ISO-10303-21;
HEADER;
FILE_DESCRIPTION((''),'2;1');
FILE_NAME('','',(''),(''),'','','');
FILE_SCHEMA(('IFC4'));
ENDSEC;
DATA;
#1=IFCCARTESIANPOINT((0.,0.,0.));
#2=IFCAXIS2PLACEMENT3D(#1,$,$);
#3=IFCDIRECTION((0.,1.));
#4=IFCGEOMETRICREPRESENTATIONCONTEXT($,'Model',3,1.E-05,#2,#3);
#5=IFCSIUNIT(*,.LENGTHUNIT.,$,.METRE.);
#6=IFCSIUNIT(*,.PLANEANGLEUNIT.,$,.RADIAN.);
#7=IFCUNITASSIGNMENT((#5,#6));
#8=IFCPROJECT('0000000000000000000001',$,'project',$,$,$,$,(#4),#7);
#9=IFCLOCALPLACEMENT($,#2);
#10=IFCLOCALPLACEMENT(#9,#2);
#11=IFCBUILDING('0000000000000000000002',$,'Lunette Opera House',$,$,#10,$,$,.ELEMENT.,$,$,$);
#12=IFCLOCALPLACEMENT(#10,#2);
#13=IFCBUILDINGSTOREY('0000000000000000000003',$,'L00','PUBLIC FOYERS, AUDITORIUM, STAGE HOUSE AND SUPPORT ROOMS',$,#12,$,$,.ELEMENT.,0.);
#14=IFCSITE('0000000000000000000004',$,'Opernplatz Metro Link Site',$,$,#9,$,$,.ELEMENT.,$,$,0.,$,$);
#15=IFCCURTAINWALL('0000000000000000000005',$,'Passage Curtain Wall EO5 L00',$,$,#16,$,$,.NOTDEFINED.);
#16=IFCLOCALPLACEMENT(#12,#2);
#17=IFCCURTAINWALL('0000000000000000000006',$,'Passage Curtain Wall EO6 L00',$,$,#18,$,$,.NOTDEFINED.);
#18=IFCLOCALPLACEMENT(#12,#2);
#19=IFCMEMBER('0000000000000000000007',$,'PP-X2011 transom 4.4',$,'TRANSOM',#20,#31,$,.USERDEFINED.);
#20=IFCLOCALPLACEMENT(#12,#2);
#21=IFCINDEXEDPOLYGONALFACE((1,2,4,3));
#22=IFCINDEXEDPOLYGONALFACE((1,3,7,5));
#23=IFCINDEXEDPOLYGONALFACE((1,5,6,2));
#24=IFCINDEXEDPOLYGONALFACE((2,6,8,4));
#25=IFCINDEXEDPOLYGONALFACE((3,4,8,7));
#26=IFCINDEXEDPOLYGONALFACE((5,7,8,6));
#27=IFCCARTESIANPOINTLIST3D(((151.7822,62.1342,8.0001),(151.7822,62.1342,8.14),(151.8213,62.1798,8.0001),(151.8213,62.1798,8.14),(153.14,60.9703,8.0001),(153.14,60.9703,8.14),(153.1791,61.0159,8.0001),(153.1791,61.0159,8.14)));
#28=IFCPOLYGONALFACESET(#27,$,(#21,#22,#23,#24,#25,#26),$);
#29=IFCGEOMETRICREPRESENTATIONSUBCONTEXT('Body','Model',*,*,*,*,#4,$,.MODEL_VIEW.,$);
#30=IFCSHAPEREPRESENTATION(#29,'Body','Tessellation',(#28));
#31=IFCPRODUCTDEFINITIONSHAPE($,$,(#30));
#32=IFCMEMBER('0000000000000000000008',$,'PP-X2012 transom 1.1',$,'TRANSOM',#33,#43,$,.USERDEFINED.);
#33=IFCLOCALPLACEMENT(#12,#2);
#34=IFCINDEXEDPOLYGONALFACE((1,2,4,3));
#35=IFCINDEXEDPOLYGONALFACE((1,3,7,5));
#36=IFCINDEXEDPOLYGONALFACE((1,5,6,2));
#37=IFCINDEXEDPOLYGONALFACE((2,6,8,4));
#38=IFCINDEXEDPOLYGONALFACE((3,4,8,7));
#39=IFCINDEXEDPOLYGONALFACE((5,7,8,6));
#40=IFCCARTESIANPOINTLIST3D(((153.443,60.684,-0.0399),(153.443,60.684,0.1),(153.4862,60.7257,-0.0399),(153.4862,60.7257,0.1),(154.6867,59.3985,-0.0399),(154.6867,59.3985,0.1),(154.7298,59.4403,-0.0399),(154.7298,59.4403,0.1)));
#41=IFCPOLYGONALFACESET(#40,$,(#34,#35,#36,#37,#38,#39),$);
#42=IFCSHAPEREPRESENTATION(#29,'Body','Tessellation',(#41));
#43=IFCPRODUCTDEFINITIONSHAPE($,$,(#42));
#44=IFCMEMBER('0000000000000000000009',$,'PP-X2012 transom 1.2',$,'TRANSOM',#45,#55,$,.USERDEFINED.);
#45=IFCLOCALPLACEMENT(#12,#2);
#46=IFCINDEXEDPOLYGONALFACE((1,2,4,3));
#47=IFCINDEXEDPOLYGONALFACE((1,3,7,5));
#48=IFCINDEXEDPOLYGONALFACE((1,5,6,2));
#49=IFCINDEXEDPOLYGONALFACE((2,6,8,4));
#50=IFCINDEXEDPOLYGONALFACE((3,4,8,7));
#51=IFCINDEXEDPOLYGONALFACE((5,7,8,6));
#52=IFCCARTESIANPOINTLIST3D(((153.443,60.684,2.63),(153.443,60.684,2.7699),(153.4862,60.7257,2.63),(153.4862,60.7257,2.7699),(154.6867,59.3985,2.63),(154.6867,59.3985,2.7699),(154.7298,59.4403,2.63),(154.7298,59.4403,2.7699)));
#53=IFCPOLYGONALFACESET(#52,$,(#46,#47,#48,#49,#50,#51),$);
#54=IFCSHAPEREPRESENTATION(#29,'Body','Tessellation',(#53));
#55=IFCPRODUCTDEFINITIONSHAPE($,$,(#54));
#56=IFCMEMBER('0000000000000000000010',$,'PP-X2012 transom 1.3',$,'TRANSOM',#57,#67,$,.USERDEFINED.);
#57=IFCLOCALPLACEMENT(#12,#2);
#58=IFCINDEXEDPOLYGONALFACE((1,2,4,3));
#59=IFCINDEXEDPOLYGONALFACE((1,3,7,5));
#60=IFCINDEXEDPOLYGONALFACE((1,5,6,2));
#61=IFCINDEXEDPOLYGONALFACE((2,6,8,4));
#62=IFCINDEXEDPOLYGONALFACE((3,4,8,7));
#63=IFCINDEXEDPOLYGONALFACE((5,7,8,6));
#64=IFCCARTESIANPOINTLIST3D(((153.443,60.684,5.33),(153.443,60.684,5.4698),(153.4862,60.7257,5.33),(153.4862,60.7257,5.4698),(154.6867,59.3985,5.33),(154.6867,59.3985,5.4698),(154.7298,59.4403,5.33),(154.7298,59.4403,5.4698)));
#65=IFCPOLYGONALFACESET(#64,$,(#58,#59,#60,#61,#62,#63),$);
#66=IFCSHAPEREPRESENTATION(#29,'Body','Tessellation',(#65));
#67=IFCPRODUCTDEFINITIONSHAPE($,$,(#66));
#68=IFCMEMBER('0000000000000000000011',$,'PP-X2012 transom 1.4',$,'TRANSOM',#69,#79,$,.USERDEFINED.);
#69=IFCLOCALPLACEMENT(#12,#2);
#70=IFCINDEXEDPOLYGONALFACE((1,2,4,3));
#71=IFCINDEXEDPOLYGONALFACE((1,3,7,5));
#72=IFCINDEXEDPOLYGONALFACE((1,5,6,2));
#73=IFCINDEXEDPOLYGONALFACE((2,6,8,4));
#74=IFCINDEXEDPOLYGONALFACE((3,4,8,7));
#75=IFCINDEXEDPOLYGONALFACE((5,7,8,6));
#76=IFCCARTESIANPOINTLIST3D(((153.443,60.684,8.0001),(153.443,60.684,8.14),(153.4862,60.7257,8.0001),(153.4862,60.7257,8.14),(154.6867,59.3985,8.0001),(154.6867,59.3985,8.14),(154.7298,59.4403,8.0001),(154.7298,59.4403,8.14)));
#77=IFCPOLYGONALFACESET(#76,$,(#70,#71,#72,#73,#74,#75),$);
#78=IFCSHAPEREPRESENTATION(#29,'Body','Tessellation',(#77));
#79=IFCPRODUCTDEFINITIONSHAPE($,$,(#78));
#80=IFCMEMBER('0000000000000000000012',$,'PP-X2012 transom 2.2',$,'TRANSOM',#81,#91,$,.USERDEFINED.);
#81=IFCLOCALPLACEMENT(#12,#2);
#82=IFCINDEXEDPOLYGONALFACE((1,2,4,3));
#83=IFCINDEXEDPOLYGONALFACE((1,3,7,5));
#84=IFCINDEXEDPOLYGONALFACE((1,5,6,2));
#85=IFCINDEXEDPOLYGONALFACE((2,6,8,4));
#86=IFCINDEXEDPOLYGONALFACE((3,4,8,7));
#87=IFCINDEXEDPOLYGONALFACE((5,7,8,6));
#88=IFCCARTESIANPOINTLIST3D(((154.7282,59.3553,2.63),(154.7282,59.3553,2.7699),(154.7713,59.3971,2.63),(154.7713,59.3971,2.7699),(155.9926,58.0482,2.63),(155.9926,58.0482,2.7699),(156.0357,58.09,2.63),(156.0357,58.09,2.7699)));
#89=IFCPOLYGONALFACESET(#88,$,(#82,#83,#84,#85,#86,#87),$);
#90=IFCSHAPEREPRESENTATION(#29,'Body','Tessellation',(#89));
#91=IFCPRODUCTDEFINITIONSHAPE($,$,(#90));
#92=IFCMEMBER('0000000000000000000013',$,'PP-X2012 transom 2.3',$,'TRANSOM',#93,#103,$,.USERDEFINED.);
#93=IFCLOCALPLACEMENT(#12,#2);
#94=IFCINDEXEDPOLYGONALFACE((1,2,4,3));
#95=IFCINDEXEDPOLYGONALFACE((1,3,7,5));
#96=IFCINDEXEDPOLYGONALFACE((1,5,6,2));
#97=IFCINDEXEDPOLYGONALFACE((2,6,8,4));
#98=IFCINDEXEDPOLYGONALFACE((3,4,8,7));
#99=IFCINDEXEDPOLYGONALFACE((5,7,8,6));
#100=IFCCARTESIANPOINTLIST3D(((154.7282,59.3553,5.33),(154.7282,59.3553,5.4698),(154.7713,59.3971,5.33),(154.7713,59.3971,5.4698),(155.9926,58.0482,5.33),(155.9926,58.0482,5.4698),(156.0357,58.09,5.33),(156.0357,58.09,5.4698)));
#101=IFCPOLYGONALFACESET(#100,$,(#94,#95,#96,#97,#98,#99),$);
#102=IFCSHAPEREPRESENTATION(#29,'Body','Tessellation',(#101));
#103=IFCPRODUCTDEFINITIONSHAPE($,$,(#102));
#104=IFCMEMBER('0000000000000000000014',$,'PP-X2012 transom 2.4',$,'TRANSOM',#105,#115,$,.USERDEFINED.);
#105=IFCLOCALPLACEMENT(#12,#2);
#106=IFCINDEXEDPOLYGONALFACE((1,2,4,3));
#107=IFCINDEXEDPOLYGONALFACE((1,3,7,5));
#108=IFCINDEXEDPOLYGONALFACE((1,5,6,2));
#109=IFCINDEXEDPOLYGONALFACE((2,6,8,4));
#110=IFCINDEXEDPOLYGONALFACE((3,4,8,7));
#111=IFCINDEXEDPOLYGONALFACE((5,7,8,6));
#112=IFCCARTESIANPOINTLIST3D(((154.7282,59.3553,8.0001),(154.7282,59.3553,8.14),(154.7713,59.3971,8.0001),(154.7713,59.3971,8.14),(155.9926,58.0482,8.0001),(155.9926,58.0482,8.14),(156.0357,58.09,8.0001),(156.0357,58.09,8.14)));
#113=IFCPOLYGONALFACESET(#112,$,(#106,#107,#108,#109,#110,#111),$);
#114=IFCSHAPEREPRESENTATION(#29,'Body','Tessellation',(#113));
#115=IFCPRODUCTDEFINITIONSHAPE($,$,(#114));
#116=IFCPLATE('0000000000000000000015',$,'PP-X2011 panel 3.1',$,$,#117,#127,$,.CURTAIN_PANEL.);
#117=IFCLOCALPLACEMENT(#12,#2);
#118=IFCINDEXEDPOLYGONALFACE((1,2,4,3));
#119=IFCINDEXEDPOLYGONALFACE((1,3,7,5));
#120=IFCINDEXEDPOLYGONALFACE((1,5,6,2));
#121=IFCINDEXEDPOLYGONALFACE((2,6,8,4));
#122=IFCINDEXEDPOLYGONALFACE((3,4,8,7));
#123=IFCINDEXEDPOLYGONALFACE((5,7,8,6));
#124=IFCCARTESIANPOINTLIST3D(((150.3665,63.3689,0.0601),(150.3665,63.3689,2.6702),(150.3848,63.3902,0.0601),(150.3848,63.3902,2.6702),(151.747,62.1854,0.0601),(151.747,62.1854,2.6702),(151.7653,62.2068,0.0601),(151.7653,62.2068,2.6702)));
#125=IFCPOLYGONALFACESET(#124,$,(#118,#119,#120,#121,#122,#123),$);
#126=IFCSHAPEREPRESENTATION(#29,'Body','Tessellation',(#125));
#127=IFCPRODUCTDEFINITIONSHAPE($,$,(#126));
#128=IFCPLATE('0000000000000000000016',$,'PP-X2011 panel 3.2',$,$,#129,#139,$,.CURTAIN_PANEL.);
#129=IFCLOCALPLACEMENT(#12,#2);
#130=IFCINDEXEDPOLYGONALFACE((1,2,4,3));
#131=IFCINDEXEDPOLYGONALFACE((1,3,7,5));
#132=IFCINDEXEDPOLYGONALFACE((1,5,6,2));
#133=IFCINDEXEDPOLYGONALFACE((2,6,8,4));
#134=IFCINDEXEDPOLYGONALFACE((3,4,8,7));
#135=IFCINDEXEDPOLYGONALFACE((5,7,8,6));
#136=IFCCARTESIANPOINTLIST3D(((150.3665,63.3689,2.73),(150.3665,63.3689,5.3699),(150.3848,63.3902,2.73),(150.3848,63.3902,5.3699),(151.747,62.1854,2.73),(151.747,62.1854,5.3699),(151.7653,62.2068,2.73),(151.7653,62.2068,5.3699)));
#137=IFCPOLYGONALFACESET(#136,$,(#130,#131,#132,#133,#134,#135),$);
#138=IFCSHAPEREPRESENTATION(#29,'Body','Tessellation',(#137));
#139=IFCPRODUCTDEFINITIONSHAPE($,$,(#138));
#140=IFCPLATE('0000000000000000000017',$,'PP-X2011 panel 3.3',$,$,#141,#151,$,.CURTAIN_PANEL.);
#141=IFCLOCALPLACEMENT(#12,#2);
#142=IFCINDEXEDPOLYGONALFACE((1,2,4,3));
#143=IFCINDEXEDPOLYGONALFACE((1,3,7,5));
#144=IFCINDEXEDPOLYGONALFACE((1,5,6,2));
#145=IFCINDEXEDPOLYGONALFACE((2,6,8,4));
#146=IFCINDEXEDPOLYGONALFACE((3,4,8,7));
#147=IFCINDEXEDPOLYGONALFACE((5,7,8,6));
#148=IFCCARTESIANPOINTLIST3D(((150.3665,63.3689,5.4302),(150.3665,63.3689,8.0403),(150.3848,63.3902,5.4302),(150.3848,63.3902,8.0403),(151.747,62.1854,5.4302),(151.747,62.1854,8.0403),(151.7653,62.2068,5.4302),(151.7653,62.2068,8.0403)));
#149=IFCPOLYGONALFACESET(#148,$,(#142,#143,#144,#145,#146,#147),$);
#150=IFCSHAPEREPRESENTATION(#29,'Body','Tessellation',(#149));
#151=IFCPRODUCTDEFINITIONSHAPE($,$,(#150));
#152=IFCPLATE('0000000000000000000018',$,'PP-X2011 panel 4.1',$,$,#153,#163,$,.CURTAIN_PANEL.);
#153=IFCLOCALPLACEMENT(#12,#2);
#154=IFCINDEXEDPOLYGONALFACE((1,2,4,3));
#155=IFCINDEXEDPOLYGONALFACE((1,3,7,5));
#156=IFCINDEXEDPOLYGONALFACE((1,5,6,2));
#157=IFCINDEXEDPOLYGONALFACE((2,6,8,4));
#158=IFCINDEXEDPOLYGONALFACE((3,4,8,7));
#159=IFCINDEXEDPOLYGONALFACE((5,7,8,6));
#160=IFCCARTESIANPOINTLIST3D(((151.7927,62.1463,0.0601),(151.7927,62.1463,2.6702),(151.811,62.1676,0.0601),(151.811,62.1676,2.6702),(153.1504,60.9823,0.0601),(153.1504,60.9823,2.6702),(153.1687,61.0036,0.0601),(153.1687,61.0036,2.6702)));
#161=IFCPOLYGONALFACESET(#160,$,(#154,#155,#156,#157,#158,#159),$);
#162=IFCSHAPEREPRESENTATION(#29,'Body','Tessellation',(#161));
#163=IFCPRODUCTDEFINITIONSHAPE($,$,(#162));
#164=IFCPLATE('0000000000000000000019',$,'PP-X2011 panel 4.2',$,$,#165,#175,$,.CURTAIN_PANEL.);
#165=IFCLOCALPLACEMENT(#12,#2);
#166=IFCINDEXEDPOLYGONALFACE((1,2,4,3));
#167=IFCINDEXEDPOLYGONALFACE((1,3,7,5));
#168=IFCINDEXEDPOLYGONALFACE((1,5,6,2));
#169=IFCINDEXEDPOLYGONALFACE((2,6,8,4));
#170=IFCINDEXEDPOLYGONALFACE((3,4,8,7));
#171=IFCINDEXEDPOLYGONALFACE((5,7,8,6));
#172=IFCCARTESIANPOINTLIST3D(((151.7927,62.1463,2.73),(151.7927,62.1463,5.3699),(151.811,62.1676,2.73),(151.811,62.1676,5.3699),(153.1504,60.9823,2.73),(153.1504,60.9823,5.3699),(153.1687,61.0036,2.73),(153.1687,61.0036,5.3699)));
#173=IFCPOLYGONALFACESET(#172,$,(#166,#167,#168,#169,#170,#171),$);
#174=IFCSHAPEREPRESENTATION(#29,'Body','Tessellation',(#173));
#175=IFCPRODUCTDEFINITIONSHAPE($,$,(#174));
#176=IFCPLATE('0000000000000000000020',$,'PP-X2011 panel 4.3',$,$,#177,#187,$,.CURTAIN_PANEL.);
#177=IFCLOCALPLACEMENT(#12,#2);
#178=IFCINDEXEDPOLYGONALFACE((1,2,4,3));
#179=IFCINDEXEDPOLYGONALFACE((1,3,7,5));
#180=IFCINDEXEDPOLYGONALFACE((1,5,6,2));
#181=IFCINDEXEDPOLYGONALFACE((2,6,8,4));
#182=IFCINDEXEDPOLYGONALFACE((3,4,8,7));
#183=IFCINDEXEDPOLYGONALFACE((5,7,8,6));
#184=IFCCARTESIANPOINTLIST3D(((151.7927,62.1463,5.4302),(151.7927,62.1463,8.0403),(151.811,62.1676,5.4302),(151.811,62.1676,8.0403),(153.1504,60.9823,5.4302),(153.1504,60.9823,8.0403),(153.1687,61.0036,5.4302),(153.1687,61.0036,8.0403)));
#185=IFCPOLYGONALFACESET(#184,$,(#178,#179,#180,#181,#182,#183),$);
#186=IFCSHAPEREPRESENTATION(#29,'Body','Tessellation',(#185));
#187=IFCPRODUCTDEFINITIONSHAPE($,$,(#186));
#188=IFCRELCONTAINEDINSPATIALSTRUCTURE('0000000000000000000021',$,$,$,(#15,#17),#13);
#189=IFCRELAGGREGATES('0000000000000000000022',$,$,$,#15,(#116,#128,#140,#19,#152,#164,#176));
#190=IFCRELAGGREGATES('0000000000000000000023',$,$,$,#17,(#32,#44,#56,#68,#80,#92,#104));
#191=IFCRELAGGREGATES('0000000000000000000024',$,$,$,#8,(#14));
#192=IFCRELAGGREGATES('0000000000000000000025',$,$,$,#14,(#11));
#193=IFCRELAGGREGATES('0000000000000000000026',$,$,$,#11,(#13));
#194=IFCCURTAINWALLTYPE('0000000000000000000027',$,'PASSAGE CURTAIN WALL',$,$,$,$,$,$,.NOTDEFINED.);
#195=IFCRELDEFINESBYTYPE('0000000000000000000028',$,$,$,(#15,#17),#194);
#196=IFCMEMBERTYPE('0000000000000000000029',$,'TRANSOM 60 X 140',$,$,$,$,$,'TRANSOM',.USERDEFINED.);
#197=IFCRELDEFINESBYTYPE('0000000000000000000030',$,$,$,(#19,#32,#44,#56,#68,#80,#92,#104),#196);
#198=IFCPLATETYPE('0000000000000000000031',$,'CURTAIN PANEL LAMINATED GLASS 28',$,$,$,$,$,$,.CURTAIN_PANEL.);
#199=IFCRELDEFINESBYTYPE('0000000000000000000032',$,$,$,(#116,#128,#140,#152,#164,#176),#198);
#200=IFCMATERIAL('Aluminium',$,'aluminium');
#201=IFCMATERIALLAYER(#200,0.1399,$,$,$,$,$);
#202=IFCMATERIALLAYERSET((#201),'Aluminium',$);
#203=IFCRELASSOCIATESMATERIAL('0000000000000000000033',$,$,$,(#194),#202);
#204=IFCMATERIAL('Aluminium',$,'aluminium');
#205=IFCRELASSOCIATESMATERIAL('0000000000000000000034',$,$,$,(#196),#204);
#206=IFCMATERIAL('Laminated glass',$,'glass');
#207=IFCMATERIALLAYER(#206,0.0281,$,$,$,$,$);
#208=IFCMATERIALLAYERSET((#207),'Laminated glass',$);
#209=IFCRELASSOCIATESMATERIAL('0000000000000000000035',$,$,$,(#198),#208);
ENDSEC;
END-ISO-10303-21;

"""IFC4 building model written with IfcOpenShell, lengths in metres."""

from ifc_helpers import new_model, si_unit, direction, frame, origin, origin_2d, place, context, subcontext, project, spatial, rectangle, extrude, material, layer, layer_set, material_profile, profile_set, type_object, element, aggregate, save


model = new_model("IFC4")

# Units and contexts
model_context = context("Model", 3, precision=1e-05, world=origin(), true_north=direction((0.0, 1.0)))
body_context = subcontext(model_context, "Body", "Model", "MODEL_VIEW")
ifc_project = project(units=[si_unit("LENGTHUNIT", "METRE"), si_unit("PLANEANGLEUNIT", "RADIAN")], contexts=[model_context])

# Site, building, storey
site_placement = place(None, origin())
site = spatial("IfcSite", under=ifc_project, at=site_placement, Name="Opernplatz Metro Link Site", CompositionType="ELEMENT", RefElevation=0.0)
building_placement = place(site_placement, origin())
building = spatial("IfcBuilding", under=site, at=building_placement, Name="Lunette Opera House", CompositionType="ELEMENT")
storey_placement = place(building_placement, origin())
storey = spatial("IfcBuildingStorey", under=building, at=storey_placement, Name="L00", Description="PUBLIC FOYERS, AUDITORIUM, STAGE HOUSE AND SUPPORT ROOMS", CompositionType="ELEMENT", Elevation=0.0)

# Curtain walls
ifc_material_1 = material(Name="Aluminium", Category="aluminium")
ifc_layer_1 = layer(ifc_material_1, 0.1399)
ifc_layer_set_1 = layer_set([ifc_layer_1], Name="Aluminium")
curtain_wall_type = type_object("IfcCurtainWallType", Name="PASSAGE CURTAIN WALL", PredefinedType="NOTDEFINED", material=ifc_layer_set_1)
curtain_wall_1_placement = place(storey_placement, origin())
curtain_wall_1 = element("IfcCurtainWall", 1, at=curtain_wall_1_placement, inside=storey, type_object=curtain_wall_type, Name="Passage Curtain Wall EO5 L00", PredefinedType="NOTDEFINED")
curtain_wall_2_placement = place(storey_placement, origin())
curtain_wall_2 = element("IfcCurtainWall", 2, at=curtain_wall_2_placement, inside=storey, type_object=curtain_wall_type, Name="Passage Curtain Wall EO6 L00", PredefinedType="NOTDEFINED")

# Members
ifc_material_2 = material(Name="Aluminium", Category="aluminium")
ifc_material_profile_1 = material_profile(ifc_material_2, rectangle(XDim=0.0601, YDim=0.1399, at=origin_2d()), Name="TRANSOM 60 X 140")
ifc_profile_set_1 = profile_set([ifc_material_profile_1], Name="Aluminium")
member_type_1 = type_object("IfcMemberType", Name="TRANSOM 60 X 140", ElementType="TRANSOM", PredefinedType="USERDEFINED", material=ifc_profile_set_1)
member_1_placement = place(storey_placement, frame((151.8018, 62.157, 8.0701), z_axis=(0.759228, -0.650825, 0.0), x_axis=(0.650825, 0.759228, 0.0)))
member_1 = element("IfcMember", 3, at=member_1_placement, type_object=member_type_1, Name="PP-X2011 transom 4.4", ObjectType="TRANSOM", PredefinedType="USERDEFINED", context=body_context, shape_type="SweptSolid", body=[
    extrude(rectangle(XDim=0.0601, YDim=0.1399, at=origin_2d()), origin(), (0.0, 0.0, 1.0), 1.7883),
])
member_2_placement = place(storey_placement, frame((153.4646, 60.7048, 0.03), z_axis=(0.69534, -0.718681, 0.0), x_axis=(0.718681, 0.69534, 0.0)))
member_2 = element("IfcMember", 4, at=member_2_placement, type_object=member_type_1, Name="PP-X2012 transom 1.1", ObjectType="TRANSOM", PredefinedType="USERDEFINED", context=body_context, shape_type="SweptSolid", body=[
    extrude(rectangle(XDim=0.0601, YDim=0.1399, at=origin_2d()), origin(), (0.0, 0.0, 1.0), 1.7886),
])
member_3_placement = place(storey_placement, frame((153.4646, 60.7048, 2.7), z_axis=(0.69534, -0.718681, 0.0), x_axis=(0.718681, 0.69534, 0.0)))
member_3 = element("IfcMember", 5, at=member_3_placement, type_object=member_type_1, Name="PP-X2012 transom 1.2", ObjectType="TRANSOM", PredefinedType="USERDEFINED", context=body_context, shape_type="SweptSolid", body=[
    extrude(rectangle(XDim=0.0601, YDim=0.1399, at=origin_2d()), origin(), (0.0, 0.0, 1.0), 1.7886),
])
member_4_placement = place(storey_placement, frame((153.4646, 60.7048, 5.3999), z_axis=(0.69534, -0.718681, 0.0), x_axis=(0.718681, 0.69534, 0.0)))
member_4 = element("IfcMember", 6, at=member_4_placement, type_object=member_type_1, Name="PP-X2012 transom 1.3", ObjectType="TRANSOM", PredefinedType="USERDEFINED", context=body_context, shape_type="SweptSolid", body=[
    extrude(rectangle(XDim=0.0601, YDim=0.1399, at=origin_2d()), origin(), (0.0, 0.0, 1.0), 1.7886),
])
member_5_placement = place(storey_placement, frame((153.4646, 60.7048, 8.0701), z_axis=(0.69534, -0.718681, 0.0), x_axis=(0.718681, 0.69534, 0.0)))
member_5 = element("IfcMember", 7, at=member_5_placement, type_object=member_type_1, Name="PP-X2012 transom 1.4", ObjectType="TRANSOM", PredefinedType="USERDEFINED", context=body_context, shape_type="SweptSolid", body=[
    extrude(rectangle(XDim=0.0601, YDim=0.1399, at=origin_2d()), origin(), (0.0, 0.0, 1.0), 1.7886),
])
member_6_placement = place(storey_placement, frame((154.7498, 59.3762, 2.7), z_axis=(0.695263, -0.718756, 0.0), x_axis=(0.718756, 0.695263, 0.0)))
member_6 = element("IfcMember", 8, at=member_6_placement, type_object=member_type_1, Name="PP-X2012 transom 2.2", ObjectType="TRANSOM", PredefinedType="USERDEFINED", context=body_context, shape_type="SweptSolid", body=[
    extrude(rectangle(XDim=0.0601, YDim=0.1399, at=origin_2d()), origin(), (0.0, 0.0, 1.0), 1.8186),
])
member_7_placement = place(storey_placement, frame((154.7498, 59.3762, 5.3999), z_axis=(0.695263, -0.718756, 0.0), x_axis=(0.718756, 0.695263, 0.0)))
member_7 = element("IfcMember", 9, at=member_7_placement, type_object=member_type_1, Name="PP-X2012 transom 2.3", ObjectType="TRANSOM", PredefinedType="USERDEFINED", context=body_context, shape_type="SweptSolid", body=[
    extrude(rectangle(XDim=0.0601, YDim=0.1399, at=origin_2d()), origin(), (0.0, 0.0, 1.0), 1.8186),
])
member_8_placement = place(storey_placement, frame((154.7498, 59.3762, 8.0701), z_axis=(0.695263, -0.718756, 0.0), x_axis=(0.718756, 0.695263, 0.0)))
member_8 = element("IfcMember", 10, at=member_8_placement, type_object=member_type_1, Name="PP-X2012 transom 2.4", ObjectType="TRANSOM", PredefinedType="USERDEFINED", context=body_context, shape_type="SweptSolid", body=[
    extrude(rectangle(XDim=0.0601, YDim=0.1399, at=origin_2d()), origin(), (0.0, 0.0, 1.0), 1.8186),
])

# Plates
ifc_material_3 = material(Name="Laminated glass", Category="glass")
ifc_layer_2 = layer(ifc_material_3, 0.0281)
ifc_layer_set_2 = layer_set([ifc_layer_2], Name="Laminated glass")
plate_type_1 = type_object("IfcPlateType", Name="CURTAIN PANEL LAMINATED GLASS 28", PredefinedType="CURTAIN_PANEL", material=ifc_layer_set_2)
plate_1_placement = place(storey_placement, frame((151.0659, 62.7878, 0.0601), z_axis=(0.0, 0.0, 1.0), x_axis=(0.7592, -0.650857, 0.0)))
plate_1 = element("IfcPlate", 11, at=plate_1_placement, type_object=plate_type_1, Name="PP-X2011 panel 3.1", PredefinedType="CURTAIN_PANEL", context=body_context, shape_type="SweptSolid", body=[
    extrude(rectangle(XDim=1.8184, YDim=0.0281, at=origin_2d()), origin(), (0.0, 0.0, 1.0), 2.6101),
])
plate_2_placement = place(storey_placement, frame((151.0659, 62.7878, 2.73), z_axis=(0.0, 0.0, 1.0), x_axis=(0.7592, -0.650857, 0.0)))
plate_2 = element("IfcPlate", 12, at=plate_2_placement, type_object=plate_type_1, Name="PP-X2011 panel 3.2", PredefinedType="CURTAIN_PANEL", context=body_context, shape_type="SweptSolid", body=[
    extrude(rectangle(XDim=1.8184, YDim=0.0281, at=origin_2d()), origin(), (0.0, 0.0, 1.0), 2.6399),
])
plate_3_placement = place(storey_placement, frame((151.0659, 62.7878, 5.4302), z_axis=(0.0, 0.0, 1.0), x_axis=(0.7592, -0.650857, 0.0)))
plate_3 = element("IfcPlate", 13, at=plate_3_placement, type_object=plate_type_1, Name="PP-X2011 panel 3.3", PredefinedType="CURTAIN_PANEL", context=body_context, shape_type="SweptSolid", body=[
    extrude(rectangle(XDim=1.8184, YDim=0.0281, at=origin_2d()), origin(), (0.0, 0.0, 1.0), 2.6101),
])
plate_4_placement = place(storey_placement, frame((152.4807, 61.575, 0.0601), z_axis=(0.0, 0.0, 1.0), x_axis=(0.7592, -0.650857, 0.0)))
plate_4 = element("IfcPlate", 14, at=plate_4_placement, type_object=plate_type_1, Name="PP-X2011 panel 4.1", PredefinedType="CURTAIN_PANEL", context=body_context, shape_type="SweptSolid", body=[
    extrude(rectangle(XDim=1.7883, YDim=0.0281, at=origin_2d()), origin(), (0.0, 0.0, 1.0), 2.6101),
])
plate_5_placement = place(storey_placement, frame((152.4807, 61.575, 2.73), z_axis=(0.0, 0.0, 1.0), x_axis=(0.7592, -0.650857, 0.0)))
plate_5 = element("IfcPlate", 15, at=plate_5_placement, type_object=plate_type_1, Name="PP-X2011 panel 4.2", PredefinedType="CURTAIN_PANEL", context=body_context, shape_type="SweptSolid", body=[
    extrude(rectangle(XDim=1.7883, YDim=0.0281, at=origin_2d()), origin(), (0.0, 0.0, 1.0), 2.6399),
])
plate_6_placement = place(storey_placement, frame((152.4807, 61.575, 5.4302), z_axis=(0.0, 0.0, 1.0), x_axis=(0.7592, -0.650857, 0.0)))
plate_6 = element("IfcPlate", 16, at=plate_6_placement, type_object=plate_type_1, Name="PP-X2011 panel 4.3", PredefinedType="CURTAIN_PANEL", context=body_context, shape_type="SweptSolid", body=[
    extrude(rectangle(XDim=1.7883, YDim=0.0281, at=origin_2d()), origin(), (0.0, 0.0, 1.0), 2.6101),
])
aggregate(curtain_wall_1, [plate_1, plate_2, plate_3, member_1, plate_4, plate_5, plate_6])
aggregate(curtain_wall_2, [member_2, member_3, member_4, member_5, member_6, member_7, member_8])

save(model, "model.ifc")
